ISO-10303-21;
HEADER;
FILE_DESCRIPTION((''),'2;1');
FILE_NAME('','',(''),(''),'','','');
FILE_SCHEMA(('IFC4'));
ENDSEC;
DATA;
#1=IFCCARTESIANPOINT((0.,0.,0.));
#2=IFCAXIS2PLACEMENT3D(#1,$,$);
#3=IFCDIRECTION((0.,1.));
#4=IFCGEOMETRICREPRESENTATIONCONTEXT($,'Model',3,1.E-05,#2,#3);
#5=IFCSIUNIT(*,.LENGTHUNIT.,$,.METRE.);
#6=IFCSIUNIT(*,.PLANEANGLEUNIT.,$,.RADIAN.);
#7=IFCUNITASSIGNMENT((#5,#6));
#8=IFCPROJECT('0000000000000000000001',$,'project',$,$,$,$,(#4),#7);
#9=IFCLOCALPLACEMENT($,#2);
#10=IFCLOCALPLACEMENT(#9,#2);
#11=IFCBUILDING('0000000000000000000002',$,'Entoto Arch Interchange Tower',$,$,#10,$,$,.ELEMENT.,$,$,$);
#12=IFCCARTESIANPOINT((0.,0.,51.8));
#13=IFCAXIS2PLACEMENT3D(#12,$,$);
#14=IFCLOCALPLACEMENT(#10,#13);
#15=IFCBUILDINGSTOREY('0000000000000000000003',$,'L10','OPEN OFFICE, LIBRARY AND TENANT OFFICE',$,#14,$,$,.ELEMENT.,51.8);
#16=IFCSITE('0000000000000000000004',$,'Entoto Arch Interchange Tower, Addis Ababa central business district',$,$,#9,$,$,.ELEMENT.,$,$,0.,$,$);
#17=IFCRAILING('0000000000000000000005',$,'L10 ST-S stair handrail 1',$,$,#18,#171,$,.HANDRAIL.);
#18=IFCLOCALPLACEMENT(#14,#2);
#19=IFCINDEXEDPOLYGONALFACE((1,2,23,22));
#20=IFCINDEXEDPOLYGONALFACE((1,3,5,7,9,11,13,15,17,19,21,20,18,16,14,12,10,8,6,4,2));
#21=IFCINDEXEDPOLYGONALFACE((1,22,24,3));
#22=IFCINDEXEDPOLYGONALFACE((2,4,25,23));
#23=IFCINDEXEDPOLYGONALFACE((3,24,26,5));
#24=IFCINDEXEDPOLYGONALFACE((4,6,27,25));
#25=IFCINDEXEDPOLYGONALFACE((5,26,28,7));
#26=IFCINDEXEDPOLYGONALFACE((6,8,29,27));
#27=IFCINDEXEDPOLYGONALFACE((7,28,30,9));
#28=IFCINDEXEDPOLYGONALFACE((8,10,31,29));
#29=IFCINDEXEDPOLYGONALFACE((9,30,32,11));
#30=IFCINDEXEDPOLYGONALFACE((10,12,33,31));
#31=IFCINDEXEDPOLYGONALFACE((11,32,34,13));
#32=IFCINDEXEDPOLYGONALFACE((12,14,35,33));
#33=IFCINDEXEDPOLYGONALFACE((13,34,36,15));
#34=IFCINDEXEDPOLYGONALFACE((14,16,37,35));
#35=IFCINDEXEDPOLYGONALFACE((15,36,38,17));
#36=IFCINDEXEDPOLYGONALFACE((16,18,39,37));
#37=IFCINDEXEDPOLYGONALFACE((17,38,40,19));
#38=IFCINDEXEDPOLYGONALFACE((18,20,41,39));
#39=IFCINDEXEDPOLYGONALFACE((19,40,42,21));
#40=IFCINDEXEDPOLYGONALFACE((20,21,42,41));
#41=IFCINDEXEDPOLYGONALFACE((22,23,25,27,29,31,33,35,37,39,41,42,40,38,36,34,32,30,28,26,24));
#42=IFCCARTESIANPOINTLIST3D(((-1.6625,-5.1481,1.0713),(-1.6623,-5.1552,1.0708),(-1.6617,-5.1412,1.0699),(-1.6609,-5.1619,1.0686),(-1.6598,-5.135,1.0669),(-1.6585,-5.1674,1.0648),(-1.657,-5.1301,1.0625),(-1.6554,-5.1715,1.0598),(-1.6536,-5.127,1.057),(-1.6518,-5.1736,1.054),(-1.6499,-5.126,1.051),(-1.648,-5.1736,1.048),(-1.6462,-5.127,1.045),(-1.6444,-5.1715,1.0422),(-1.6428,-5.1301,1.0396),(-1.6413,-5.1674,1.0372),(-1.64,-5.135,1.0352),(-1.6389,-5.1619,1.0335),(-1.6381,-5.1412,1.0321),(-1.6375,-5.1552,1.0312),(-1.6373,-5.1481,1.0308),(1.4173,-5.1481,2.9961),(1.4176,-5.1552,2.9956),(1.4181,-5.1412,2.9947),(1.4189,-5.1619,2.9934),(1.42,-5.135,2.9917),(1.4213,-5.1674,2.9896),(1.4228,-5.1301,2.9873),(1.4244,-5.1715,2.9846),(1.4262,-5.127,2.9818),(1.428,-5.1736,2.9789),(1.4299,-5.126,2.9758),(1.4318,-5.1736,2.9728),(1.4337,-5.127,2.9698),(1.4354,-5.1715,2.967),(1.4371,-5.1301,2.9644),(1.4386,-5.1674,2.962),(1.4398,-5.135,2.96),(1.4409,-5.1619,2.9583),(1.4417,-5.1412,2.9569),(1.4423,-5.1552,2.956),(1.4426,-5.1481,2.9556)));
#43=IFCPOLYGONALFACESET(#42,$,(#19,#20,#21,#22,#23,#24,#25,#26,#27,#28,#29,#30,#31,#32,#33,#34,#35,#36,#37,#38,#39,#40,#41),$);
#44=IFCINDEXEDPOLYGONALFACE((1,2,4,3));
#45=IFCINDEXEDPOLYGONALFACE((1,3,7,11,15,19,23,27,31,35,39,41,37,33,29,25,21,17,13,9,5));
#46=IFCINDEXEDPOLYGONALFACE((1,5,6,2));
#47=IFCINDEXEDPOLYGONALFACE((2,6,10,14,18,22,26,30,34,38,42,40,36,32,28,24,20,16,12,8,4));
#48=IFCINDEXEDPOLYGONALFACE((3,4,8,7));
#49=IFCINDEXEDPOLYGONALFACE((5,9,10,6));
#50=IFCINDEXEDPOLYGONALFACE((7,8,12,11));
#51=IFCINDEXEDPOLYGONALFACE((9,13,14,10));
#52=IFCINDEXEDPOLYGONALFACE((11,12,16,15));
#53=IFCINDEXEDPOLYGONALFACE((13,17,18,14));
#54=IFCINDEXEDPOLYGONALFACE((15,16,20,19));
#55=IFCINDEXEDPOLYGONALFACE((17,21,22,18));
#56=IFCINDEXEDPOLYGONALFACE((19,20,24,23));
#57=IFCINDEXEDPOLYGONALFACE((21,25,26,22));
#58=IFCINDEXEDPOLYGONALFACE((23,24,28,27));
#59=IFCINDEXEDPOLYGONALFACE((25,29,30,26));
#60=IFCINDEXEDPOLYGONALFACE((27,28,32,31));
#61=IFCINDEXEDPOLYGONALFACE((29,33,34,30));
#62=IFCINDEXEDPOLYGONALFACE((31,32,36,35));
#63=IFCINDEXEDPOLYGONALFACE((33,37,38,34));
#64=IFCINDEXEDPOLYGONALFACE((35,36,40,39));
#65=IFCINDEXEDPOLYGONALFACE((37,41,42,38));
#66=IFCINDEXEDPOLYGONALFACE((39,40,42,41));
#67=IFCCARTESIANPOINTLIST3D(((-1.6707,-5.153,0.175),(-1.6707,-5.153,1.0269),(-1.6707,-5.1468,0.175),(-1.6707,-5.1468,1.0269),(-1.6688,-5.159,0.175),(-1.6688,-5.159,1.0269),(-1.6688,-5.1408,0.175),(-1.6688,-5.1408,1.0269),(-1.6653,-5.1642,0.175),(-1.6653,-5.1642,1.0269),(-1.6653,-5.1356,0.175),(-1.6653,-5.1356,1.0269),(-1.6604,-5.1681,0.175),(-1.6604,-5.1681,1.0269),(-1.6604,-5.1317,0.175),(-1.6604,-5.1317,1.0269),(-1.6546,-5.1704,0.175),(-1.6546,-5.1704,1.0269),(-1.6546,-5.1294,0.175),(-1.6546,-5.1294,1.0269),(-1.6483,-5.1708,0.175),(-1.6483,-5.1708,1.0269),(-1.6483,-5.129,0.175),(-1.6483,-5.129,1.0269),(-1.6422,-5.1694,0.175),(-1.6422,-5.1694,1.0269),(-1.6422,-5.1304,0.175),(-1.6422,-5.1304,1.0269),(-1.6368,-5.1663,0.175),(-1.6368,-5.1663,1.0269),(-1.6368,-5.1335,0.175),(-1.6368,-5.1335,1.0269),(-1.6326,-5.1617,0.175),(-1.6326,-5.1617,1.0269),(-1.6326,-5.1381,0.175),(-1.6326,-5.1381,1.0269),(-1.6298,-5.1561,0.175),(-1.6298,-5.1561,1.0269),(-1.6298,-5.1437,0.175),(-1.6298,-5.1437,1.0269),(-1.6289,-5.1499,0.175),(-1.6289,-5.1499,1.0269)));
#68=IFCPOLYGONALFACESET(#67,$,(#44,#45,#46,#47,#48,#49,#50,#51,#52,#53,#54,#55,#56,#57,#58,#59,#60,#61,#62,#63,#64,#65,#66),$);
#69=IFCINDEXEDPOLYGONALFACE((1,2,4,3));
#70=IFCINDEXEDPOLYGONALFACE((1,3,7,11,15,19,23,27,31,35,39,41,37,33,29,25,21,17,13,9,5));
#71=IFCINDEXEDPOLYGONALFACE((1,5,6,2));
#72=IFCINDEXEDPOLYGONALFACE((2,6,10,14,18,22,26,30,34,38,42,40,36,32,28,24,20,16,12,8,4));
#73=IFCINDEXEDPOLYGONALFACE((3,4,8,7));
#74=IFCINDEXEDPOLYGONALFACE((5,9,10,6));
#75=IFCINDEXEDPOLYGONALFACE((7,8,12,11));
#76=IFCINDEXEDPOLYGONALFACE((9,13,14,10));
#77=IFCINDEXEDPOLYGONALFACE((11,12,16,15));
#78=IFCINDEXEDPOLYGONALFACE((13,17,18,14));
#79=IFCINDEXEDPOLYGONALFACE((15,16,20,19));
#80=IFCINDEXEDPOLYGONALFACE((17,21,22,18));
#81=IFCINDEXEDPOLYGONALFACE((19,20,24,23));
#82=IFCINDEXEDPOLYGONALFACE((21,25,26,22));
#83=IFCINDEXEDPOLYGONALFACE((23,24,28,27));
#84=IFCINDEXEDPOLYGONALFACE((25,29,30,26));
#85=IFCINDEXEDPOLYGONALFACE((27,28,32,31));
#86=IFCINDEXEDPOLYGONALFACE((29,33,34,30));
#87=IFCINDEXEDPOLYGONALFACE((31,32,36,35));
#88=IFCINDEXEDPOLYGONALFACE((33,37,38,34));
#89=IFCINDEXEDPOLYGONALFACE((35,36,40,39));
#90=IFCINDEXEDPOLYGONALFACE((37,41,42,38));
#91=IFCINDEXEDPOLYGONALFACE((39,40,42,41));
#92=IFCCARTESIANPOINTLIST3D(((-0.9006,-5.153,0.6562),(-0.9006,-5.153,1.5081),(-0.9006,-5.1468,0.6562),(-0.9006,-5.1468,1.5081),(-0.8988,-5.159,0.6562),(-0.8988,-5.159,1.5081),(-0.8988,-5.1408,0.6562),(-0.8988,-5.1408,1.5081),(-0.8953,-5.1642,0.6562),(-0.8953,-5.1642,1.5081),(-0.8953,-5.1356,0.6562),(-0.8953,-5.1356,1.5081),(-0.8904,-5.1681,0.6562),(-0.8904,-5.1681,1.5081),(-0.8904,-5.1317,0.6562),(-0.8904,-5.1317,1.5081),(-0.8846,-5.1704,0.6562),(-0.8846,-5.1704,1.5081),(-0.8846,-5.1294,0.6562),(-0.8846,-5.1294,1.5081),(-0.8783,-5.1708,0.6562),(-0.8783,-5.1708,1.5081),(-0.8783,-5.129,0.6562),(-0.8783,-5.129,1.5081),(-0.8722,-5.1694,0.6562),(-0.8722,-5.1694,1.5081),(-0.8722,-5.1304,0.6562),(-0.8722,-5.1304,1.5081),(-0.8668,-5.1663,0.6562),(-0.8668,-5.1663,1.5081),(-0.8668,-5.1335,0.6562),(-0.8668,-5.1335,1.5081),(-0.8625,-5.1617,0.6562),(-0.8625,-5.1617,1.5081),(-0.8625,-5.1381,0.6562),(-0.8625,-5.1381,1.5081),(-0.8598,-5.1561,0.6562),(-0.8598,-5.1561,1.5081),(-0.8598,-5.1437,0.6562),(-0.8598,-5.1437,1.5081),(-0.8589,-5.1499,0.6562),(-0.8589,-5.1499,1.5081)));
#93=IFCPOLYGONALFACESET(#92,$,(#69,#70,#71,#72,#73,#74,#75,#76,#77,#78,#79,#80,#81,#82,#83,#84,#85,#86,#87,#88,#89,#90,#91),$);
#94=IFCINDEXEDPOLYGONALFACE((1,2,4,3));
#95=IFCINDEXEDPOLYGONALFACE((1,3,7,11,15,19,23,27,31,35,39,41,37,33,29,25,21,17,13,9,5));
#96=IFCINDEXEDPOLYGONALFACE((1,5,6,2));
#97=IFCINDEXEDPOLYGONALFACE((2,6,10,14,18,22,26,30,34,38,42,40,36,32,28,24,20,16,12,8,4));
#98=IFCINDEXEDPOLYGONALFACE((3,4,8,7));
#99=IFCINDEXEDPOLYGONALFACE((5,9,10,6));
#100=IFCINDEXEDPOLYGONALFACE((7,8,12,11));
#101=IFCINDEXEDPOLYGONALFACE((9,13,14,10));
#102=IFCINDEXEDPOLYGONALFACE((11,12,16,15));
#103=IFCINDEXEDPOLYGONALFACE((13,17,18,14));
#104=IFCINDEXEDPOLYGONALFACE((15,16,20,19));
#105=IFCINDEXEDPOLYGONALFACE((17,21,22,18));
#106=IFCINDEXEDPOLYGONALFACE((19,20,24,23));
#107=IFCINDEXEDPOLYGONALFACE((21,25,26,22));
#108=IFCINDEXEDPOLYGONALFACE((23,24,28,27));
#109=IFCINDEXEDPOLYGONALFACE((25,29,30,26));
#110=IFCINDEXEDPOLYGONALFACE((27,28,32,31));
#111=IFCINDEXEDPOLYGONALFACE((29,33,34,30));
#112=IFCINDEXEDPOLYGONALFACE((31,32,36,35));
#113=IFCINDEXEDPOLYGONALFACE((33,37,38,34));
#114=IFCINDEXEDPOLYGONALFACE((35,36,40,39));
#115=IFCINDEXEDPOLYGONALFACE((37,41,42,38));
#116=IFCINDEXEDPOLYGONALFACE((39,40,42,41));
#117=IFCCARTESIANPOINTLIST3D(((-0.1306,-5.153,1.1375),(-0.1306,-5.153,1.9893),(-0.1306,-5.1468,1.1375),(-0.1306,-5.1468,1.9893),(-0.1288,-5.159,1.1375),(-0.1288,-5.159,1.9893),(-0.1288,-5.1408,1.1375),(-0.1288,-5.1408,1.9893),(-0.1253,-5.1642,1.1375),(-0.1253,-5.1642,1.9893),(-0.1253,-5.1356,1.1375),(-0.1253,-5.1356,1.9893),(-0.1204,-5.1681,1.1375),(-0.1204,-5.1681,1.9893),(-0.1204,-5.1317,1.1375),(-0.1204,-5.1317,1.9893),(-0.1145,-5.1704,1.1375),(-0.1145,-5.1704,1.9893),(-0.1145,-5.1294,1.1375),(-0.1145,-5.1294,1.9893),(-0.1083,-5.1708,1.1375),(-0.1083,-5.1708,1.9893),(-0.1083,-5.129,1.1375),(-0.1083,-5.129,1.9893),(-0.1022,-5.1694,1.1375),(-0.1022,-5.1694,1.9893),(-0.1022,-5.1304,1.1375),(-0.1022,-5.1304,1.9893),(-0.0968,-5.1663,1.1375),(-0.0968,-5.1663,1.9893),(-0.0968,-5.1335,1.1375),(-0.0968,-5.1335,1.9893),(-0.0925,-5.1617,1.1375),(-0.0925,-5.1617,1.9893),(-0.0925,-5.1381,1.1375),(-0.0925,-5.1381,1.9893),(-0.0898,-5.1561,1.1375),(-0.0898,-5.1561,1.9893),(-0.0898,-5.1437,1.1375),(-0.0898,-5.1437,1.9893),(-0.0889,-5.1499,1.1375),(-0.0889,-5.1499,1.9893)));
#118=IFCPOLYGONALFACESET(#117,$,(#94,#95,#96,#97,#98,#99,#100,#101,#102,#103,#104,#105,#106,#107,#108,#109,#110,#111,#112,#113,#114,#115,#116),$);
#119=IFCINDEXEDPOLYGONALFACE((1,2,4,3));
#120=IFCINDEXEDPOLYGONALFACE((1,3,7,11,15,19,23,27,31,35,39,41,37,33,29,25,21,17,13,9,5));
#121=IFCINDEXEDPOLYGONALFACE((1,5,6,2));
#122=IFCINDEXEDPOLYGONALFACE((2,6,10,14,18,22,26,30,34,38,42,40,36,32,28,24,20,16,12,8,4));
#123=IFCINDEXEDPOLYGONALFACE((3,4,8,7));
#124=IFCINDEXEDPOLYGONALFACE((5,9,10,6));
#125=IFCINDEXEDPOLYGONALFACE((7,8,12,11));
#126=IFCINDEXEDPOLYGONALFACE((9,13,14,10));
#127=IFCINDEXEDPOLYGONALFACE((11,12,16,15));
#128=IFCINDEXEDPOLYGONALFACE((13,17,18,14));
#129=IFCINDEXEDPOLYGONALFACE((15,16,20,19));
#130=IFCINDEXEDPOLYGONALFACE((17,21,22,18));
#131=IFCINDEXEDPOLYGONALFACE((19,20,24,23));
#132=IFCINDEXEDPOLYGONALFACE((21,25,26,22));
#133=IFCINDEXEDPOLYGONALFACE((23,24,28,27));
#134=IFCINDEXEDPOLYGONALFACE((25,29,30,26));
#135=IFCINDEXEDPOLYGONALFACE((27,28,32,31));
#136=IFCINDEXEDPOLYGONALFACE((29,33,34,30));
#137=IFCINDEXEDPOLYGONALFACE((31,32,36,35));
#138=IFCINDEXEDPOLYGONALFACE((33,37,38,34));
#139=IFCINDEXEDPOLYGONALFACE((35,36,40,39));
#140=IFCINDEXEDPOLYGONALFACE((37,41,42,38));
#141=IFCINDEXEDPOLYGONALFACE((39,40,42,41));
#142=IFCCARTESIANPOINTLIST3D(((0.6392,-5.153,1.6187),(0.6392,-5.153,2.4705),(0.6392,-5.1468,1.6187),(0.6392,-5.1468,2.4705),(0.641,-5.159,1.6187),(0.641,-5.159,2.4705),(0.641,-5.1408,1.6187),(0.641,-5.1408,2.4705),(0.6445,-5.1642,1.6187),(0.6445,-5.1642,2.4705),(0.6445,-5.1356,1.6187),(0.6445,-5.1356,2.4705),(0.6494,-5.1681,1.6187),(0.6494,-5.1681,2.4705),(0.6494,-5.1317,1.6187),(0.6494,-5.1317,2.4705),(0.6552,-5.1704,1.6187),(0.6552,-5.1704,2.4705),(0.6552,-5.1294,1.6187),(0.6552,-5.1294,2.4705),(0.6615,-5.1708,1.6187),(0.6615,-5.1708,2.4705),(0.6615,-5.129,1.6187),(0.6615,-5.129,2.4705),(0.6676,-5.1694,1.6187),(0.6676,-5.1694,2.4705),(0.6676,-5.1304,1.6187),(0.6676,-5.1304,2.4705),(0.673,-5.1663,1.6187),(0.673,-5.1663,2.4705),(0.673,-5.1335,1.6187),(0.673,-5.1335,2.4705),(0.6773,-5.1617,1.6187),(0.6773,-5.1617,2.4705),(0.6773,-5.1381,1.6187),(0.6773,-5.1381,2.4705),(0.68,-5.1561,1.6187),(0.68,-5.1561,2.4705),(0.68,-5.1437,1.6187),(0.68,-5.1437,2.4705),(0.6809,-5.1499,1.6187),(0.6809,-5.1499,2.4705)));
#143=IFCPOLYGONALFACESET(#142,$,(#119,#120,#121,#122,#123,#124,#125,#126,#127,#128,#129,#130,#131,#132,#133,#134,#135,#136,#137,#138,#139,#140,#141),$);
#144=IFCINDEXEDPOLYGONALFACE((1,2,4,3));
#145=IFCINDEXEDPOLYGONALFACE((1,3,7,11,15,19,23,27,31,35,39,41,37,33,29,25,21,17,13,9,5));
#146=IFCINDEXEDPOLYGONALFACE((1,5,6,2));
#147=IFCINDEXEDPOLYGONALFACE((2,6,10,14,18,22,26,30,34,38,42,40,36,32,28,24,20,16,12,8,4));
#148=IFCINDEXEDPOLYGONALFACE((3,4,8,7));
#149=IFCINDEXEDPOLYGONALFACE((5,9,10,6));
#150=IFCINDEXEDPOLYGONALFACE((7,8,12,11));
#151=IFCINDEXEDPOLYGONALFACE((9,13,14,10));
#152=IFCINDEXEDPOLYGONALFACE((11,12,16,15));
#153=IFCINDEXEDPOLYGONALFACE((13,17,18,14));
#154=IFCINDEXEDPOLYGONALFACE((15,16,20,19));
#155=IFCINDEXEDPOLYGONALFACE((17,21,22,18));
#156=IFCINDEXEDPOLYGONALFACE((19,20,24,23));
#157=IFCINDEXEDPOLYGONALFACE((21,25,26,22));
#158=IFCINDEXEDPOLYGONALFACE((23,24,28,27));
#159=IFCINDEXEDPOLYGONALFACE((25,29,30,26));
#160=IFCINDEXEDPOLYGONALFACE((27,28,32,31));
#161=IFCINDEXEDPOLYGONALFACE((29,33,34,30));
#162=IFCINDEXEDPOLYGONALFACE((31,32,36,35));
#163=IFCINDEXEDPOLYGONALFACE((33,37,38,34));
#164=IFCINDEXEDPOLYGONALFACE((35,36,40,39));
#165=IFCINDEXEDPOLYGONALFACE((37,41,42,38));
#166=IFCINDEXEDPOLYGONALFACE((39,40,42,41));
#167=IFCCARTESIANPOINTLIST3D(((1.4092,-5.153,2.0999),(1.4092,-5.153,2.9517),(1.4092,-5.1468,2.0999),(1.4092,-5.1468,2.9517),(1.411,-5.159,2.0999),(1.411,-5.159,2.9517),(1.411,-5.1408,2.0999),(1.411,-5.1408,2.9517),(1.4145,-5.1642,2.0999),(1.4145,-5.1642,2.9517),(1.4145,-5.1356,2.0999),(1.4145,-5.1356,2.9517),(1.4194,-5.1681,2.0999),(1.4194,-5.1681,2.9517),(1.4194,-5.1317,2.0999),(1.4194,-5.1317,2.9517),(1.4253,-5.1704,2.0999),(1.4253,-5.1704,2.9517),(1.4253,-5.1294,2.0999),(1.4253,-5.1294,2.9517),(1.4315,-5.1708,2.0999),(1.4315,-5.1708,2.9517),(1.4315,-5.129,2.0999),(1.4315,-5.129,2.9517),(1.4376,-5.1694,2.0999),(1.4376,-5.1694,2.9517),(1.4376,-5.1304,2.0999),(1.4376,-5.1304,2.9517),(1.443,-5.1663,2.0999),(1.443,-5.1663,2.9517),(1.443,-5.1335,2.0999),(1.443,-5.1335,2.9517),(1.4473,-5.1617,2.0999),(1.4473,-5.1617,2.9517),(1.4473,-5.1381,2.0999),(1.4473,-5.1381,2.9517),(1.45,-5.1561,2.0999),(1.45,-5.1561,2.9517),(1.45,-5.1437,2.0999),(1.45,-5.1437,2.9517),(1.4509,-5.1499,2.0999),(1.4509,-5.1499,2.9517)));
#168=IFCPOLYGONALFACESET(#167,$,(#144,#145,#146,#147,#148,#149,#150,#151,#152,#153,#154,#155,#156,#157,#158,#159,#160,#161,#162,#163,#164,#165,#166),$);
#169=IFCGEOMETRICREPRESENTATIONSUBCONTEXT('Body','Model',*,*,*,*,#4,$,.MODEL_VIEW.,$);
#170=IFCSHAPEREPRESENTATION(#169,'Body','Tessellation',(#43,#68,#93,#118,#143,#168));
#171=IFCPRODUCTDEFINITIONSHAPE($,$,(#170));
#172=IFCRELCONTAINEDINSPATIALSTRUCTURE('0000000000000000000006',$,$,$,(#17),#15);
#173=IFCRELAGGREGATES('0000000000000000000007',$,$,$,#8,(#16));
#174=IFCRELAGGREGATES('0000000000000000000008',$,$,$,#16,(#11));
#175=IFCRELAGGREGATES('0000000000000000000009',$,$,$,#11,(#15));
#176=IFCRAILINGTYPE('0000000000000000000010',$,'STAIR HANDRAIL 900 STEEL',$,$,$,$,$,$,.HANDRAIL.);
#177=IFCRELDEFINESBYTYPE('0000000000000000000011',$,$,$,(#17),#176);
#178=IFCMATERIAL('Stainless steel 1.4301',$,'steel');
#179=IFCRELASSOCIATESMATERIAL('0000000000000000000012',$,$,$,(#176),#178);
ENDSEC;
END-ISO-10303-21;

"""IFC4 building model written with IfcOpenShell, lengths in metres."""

from ifc_helpers import new_model, si_unit, direction, frame, origin, origin_2d, place, context, subcontext, project, spatial, circle, extrude, material, type_object, element, save


model = new_model("IFC4")

# Units and contexts
model_context = context("Model", 3, precision=1e-05, world=origin(), true_north=direction((0.0, 1.0)))
body_context = subcontext(model_context, "Body", "Model", "MODEL_VIEW")
ifc_project = project(units=[si_unit("LENGTHUNIT", "METRE"), si_unit("PLANEANGLEUNIT", "RADIAN")], contexts=[model_context])

# Site, building, storey
site_placement = place(None, origin())
site = spatial("IfcSite", under=ifc_project, at=site_placement, Name="Entoto Arch Interchange Tower, Addis Ababa central business district", CompositionType="ELEMENT", RefElevation=0.0)
building_placement = place(site_placement, origin())
building = spatial("IfcBuilding", under=site, at=building_placement, Name="Entoto Arch Interchange Tower", CompositionType="ELEMENT")
storey_placement = place(building_placement, frame((0.0, 0.0, 51.8)))
storey = spatial("IfcBuildingStorey", under=building, at=storey_placement, Name="L10", Description="OPEN OFFICE, LIBRARY AND TENANT OFFICE", CompositionType="ELEMENT", Elevation=51.8)

# Railing
ifc_material_1 = material(Name="Stainless steel 1.4301", Category="steel")
railing_type_1 = type_object("IfcRailingType", Name="STAIR HANDRAIL 900 STEEL", PredefinedType="HANDRAIL", material=ifc_material_1)
railing_1_placement = place(storey_placement, frame((-1.6499, -5.1499, 0.175)))
element("IfcRailing", 1, at=railing_1_placement, inside=storey, type_object=railing_type_1, Name="L10 ST-S stair handrail 1", PredefinedType="HANDRAIL", context=body_context, shape_type="SweptSolid", body=[
    extrude(circle(Radius=0.0239, at=origin_2d()), frame((0.0, 0.0, 0.876), z_axis=(0.84801, 0.0, 0.529981), x_axis=(0.0, 1.0, 0.0)), (0.0, 0.0, 1.0), 3.6318),
    extrude(circle(Radius=0.021, at=origin_2d()), origin(), (0.0, 0.0, 1.0), 0.8518),
    extrude(circle(Radius=0.021, at=origin_2d()), frame((0.77, 0.0, 0.4812)), (0.0, 0.0, 1.0), 0.8518),
    extrude(circle(Radius=0.021, at=origin_2d()), frame((1.54, 0.0, 0.9624)), (0.0, 0.0, 1.0), 0.8518),
    extrude(circle(Radius=0.021, at=origin_2d()), frame((2.3098, 0.0, 1.4436)), (0.0, 0.0, 1.0), 0.8518),
    extrude(circle(Radius=0.021, at=origin_2d()), frame((3.0798, 0.0, 1.9248)), (0.0, 0.0, 1.0), 0.8518),
])

save(model, "model.ifc")
